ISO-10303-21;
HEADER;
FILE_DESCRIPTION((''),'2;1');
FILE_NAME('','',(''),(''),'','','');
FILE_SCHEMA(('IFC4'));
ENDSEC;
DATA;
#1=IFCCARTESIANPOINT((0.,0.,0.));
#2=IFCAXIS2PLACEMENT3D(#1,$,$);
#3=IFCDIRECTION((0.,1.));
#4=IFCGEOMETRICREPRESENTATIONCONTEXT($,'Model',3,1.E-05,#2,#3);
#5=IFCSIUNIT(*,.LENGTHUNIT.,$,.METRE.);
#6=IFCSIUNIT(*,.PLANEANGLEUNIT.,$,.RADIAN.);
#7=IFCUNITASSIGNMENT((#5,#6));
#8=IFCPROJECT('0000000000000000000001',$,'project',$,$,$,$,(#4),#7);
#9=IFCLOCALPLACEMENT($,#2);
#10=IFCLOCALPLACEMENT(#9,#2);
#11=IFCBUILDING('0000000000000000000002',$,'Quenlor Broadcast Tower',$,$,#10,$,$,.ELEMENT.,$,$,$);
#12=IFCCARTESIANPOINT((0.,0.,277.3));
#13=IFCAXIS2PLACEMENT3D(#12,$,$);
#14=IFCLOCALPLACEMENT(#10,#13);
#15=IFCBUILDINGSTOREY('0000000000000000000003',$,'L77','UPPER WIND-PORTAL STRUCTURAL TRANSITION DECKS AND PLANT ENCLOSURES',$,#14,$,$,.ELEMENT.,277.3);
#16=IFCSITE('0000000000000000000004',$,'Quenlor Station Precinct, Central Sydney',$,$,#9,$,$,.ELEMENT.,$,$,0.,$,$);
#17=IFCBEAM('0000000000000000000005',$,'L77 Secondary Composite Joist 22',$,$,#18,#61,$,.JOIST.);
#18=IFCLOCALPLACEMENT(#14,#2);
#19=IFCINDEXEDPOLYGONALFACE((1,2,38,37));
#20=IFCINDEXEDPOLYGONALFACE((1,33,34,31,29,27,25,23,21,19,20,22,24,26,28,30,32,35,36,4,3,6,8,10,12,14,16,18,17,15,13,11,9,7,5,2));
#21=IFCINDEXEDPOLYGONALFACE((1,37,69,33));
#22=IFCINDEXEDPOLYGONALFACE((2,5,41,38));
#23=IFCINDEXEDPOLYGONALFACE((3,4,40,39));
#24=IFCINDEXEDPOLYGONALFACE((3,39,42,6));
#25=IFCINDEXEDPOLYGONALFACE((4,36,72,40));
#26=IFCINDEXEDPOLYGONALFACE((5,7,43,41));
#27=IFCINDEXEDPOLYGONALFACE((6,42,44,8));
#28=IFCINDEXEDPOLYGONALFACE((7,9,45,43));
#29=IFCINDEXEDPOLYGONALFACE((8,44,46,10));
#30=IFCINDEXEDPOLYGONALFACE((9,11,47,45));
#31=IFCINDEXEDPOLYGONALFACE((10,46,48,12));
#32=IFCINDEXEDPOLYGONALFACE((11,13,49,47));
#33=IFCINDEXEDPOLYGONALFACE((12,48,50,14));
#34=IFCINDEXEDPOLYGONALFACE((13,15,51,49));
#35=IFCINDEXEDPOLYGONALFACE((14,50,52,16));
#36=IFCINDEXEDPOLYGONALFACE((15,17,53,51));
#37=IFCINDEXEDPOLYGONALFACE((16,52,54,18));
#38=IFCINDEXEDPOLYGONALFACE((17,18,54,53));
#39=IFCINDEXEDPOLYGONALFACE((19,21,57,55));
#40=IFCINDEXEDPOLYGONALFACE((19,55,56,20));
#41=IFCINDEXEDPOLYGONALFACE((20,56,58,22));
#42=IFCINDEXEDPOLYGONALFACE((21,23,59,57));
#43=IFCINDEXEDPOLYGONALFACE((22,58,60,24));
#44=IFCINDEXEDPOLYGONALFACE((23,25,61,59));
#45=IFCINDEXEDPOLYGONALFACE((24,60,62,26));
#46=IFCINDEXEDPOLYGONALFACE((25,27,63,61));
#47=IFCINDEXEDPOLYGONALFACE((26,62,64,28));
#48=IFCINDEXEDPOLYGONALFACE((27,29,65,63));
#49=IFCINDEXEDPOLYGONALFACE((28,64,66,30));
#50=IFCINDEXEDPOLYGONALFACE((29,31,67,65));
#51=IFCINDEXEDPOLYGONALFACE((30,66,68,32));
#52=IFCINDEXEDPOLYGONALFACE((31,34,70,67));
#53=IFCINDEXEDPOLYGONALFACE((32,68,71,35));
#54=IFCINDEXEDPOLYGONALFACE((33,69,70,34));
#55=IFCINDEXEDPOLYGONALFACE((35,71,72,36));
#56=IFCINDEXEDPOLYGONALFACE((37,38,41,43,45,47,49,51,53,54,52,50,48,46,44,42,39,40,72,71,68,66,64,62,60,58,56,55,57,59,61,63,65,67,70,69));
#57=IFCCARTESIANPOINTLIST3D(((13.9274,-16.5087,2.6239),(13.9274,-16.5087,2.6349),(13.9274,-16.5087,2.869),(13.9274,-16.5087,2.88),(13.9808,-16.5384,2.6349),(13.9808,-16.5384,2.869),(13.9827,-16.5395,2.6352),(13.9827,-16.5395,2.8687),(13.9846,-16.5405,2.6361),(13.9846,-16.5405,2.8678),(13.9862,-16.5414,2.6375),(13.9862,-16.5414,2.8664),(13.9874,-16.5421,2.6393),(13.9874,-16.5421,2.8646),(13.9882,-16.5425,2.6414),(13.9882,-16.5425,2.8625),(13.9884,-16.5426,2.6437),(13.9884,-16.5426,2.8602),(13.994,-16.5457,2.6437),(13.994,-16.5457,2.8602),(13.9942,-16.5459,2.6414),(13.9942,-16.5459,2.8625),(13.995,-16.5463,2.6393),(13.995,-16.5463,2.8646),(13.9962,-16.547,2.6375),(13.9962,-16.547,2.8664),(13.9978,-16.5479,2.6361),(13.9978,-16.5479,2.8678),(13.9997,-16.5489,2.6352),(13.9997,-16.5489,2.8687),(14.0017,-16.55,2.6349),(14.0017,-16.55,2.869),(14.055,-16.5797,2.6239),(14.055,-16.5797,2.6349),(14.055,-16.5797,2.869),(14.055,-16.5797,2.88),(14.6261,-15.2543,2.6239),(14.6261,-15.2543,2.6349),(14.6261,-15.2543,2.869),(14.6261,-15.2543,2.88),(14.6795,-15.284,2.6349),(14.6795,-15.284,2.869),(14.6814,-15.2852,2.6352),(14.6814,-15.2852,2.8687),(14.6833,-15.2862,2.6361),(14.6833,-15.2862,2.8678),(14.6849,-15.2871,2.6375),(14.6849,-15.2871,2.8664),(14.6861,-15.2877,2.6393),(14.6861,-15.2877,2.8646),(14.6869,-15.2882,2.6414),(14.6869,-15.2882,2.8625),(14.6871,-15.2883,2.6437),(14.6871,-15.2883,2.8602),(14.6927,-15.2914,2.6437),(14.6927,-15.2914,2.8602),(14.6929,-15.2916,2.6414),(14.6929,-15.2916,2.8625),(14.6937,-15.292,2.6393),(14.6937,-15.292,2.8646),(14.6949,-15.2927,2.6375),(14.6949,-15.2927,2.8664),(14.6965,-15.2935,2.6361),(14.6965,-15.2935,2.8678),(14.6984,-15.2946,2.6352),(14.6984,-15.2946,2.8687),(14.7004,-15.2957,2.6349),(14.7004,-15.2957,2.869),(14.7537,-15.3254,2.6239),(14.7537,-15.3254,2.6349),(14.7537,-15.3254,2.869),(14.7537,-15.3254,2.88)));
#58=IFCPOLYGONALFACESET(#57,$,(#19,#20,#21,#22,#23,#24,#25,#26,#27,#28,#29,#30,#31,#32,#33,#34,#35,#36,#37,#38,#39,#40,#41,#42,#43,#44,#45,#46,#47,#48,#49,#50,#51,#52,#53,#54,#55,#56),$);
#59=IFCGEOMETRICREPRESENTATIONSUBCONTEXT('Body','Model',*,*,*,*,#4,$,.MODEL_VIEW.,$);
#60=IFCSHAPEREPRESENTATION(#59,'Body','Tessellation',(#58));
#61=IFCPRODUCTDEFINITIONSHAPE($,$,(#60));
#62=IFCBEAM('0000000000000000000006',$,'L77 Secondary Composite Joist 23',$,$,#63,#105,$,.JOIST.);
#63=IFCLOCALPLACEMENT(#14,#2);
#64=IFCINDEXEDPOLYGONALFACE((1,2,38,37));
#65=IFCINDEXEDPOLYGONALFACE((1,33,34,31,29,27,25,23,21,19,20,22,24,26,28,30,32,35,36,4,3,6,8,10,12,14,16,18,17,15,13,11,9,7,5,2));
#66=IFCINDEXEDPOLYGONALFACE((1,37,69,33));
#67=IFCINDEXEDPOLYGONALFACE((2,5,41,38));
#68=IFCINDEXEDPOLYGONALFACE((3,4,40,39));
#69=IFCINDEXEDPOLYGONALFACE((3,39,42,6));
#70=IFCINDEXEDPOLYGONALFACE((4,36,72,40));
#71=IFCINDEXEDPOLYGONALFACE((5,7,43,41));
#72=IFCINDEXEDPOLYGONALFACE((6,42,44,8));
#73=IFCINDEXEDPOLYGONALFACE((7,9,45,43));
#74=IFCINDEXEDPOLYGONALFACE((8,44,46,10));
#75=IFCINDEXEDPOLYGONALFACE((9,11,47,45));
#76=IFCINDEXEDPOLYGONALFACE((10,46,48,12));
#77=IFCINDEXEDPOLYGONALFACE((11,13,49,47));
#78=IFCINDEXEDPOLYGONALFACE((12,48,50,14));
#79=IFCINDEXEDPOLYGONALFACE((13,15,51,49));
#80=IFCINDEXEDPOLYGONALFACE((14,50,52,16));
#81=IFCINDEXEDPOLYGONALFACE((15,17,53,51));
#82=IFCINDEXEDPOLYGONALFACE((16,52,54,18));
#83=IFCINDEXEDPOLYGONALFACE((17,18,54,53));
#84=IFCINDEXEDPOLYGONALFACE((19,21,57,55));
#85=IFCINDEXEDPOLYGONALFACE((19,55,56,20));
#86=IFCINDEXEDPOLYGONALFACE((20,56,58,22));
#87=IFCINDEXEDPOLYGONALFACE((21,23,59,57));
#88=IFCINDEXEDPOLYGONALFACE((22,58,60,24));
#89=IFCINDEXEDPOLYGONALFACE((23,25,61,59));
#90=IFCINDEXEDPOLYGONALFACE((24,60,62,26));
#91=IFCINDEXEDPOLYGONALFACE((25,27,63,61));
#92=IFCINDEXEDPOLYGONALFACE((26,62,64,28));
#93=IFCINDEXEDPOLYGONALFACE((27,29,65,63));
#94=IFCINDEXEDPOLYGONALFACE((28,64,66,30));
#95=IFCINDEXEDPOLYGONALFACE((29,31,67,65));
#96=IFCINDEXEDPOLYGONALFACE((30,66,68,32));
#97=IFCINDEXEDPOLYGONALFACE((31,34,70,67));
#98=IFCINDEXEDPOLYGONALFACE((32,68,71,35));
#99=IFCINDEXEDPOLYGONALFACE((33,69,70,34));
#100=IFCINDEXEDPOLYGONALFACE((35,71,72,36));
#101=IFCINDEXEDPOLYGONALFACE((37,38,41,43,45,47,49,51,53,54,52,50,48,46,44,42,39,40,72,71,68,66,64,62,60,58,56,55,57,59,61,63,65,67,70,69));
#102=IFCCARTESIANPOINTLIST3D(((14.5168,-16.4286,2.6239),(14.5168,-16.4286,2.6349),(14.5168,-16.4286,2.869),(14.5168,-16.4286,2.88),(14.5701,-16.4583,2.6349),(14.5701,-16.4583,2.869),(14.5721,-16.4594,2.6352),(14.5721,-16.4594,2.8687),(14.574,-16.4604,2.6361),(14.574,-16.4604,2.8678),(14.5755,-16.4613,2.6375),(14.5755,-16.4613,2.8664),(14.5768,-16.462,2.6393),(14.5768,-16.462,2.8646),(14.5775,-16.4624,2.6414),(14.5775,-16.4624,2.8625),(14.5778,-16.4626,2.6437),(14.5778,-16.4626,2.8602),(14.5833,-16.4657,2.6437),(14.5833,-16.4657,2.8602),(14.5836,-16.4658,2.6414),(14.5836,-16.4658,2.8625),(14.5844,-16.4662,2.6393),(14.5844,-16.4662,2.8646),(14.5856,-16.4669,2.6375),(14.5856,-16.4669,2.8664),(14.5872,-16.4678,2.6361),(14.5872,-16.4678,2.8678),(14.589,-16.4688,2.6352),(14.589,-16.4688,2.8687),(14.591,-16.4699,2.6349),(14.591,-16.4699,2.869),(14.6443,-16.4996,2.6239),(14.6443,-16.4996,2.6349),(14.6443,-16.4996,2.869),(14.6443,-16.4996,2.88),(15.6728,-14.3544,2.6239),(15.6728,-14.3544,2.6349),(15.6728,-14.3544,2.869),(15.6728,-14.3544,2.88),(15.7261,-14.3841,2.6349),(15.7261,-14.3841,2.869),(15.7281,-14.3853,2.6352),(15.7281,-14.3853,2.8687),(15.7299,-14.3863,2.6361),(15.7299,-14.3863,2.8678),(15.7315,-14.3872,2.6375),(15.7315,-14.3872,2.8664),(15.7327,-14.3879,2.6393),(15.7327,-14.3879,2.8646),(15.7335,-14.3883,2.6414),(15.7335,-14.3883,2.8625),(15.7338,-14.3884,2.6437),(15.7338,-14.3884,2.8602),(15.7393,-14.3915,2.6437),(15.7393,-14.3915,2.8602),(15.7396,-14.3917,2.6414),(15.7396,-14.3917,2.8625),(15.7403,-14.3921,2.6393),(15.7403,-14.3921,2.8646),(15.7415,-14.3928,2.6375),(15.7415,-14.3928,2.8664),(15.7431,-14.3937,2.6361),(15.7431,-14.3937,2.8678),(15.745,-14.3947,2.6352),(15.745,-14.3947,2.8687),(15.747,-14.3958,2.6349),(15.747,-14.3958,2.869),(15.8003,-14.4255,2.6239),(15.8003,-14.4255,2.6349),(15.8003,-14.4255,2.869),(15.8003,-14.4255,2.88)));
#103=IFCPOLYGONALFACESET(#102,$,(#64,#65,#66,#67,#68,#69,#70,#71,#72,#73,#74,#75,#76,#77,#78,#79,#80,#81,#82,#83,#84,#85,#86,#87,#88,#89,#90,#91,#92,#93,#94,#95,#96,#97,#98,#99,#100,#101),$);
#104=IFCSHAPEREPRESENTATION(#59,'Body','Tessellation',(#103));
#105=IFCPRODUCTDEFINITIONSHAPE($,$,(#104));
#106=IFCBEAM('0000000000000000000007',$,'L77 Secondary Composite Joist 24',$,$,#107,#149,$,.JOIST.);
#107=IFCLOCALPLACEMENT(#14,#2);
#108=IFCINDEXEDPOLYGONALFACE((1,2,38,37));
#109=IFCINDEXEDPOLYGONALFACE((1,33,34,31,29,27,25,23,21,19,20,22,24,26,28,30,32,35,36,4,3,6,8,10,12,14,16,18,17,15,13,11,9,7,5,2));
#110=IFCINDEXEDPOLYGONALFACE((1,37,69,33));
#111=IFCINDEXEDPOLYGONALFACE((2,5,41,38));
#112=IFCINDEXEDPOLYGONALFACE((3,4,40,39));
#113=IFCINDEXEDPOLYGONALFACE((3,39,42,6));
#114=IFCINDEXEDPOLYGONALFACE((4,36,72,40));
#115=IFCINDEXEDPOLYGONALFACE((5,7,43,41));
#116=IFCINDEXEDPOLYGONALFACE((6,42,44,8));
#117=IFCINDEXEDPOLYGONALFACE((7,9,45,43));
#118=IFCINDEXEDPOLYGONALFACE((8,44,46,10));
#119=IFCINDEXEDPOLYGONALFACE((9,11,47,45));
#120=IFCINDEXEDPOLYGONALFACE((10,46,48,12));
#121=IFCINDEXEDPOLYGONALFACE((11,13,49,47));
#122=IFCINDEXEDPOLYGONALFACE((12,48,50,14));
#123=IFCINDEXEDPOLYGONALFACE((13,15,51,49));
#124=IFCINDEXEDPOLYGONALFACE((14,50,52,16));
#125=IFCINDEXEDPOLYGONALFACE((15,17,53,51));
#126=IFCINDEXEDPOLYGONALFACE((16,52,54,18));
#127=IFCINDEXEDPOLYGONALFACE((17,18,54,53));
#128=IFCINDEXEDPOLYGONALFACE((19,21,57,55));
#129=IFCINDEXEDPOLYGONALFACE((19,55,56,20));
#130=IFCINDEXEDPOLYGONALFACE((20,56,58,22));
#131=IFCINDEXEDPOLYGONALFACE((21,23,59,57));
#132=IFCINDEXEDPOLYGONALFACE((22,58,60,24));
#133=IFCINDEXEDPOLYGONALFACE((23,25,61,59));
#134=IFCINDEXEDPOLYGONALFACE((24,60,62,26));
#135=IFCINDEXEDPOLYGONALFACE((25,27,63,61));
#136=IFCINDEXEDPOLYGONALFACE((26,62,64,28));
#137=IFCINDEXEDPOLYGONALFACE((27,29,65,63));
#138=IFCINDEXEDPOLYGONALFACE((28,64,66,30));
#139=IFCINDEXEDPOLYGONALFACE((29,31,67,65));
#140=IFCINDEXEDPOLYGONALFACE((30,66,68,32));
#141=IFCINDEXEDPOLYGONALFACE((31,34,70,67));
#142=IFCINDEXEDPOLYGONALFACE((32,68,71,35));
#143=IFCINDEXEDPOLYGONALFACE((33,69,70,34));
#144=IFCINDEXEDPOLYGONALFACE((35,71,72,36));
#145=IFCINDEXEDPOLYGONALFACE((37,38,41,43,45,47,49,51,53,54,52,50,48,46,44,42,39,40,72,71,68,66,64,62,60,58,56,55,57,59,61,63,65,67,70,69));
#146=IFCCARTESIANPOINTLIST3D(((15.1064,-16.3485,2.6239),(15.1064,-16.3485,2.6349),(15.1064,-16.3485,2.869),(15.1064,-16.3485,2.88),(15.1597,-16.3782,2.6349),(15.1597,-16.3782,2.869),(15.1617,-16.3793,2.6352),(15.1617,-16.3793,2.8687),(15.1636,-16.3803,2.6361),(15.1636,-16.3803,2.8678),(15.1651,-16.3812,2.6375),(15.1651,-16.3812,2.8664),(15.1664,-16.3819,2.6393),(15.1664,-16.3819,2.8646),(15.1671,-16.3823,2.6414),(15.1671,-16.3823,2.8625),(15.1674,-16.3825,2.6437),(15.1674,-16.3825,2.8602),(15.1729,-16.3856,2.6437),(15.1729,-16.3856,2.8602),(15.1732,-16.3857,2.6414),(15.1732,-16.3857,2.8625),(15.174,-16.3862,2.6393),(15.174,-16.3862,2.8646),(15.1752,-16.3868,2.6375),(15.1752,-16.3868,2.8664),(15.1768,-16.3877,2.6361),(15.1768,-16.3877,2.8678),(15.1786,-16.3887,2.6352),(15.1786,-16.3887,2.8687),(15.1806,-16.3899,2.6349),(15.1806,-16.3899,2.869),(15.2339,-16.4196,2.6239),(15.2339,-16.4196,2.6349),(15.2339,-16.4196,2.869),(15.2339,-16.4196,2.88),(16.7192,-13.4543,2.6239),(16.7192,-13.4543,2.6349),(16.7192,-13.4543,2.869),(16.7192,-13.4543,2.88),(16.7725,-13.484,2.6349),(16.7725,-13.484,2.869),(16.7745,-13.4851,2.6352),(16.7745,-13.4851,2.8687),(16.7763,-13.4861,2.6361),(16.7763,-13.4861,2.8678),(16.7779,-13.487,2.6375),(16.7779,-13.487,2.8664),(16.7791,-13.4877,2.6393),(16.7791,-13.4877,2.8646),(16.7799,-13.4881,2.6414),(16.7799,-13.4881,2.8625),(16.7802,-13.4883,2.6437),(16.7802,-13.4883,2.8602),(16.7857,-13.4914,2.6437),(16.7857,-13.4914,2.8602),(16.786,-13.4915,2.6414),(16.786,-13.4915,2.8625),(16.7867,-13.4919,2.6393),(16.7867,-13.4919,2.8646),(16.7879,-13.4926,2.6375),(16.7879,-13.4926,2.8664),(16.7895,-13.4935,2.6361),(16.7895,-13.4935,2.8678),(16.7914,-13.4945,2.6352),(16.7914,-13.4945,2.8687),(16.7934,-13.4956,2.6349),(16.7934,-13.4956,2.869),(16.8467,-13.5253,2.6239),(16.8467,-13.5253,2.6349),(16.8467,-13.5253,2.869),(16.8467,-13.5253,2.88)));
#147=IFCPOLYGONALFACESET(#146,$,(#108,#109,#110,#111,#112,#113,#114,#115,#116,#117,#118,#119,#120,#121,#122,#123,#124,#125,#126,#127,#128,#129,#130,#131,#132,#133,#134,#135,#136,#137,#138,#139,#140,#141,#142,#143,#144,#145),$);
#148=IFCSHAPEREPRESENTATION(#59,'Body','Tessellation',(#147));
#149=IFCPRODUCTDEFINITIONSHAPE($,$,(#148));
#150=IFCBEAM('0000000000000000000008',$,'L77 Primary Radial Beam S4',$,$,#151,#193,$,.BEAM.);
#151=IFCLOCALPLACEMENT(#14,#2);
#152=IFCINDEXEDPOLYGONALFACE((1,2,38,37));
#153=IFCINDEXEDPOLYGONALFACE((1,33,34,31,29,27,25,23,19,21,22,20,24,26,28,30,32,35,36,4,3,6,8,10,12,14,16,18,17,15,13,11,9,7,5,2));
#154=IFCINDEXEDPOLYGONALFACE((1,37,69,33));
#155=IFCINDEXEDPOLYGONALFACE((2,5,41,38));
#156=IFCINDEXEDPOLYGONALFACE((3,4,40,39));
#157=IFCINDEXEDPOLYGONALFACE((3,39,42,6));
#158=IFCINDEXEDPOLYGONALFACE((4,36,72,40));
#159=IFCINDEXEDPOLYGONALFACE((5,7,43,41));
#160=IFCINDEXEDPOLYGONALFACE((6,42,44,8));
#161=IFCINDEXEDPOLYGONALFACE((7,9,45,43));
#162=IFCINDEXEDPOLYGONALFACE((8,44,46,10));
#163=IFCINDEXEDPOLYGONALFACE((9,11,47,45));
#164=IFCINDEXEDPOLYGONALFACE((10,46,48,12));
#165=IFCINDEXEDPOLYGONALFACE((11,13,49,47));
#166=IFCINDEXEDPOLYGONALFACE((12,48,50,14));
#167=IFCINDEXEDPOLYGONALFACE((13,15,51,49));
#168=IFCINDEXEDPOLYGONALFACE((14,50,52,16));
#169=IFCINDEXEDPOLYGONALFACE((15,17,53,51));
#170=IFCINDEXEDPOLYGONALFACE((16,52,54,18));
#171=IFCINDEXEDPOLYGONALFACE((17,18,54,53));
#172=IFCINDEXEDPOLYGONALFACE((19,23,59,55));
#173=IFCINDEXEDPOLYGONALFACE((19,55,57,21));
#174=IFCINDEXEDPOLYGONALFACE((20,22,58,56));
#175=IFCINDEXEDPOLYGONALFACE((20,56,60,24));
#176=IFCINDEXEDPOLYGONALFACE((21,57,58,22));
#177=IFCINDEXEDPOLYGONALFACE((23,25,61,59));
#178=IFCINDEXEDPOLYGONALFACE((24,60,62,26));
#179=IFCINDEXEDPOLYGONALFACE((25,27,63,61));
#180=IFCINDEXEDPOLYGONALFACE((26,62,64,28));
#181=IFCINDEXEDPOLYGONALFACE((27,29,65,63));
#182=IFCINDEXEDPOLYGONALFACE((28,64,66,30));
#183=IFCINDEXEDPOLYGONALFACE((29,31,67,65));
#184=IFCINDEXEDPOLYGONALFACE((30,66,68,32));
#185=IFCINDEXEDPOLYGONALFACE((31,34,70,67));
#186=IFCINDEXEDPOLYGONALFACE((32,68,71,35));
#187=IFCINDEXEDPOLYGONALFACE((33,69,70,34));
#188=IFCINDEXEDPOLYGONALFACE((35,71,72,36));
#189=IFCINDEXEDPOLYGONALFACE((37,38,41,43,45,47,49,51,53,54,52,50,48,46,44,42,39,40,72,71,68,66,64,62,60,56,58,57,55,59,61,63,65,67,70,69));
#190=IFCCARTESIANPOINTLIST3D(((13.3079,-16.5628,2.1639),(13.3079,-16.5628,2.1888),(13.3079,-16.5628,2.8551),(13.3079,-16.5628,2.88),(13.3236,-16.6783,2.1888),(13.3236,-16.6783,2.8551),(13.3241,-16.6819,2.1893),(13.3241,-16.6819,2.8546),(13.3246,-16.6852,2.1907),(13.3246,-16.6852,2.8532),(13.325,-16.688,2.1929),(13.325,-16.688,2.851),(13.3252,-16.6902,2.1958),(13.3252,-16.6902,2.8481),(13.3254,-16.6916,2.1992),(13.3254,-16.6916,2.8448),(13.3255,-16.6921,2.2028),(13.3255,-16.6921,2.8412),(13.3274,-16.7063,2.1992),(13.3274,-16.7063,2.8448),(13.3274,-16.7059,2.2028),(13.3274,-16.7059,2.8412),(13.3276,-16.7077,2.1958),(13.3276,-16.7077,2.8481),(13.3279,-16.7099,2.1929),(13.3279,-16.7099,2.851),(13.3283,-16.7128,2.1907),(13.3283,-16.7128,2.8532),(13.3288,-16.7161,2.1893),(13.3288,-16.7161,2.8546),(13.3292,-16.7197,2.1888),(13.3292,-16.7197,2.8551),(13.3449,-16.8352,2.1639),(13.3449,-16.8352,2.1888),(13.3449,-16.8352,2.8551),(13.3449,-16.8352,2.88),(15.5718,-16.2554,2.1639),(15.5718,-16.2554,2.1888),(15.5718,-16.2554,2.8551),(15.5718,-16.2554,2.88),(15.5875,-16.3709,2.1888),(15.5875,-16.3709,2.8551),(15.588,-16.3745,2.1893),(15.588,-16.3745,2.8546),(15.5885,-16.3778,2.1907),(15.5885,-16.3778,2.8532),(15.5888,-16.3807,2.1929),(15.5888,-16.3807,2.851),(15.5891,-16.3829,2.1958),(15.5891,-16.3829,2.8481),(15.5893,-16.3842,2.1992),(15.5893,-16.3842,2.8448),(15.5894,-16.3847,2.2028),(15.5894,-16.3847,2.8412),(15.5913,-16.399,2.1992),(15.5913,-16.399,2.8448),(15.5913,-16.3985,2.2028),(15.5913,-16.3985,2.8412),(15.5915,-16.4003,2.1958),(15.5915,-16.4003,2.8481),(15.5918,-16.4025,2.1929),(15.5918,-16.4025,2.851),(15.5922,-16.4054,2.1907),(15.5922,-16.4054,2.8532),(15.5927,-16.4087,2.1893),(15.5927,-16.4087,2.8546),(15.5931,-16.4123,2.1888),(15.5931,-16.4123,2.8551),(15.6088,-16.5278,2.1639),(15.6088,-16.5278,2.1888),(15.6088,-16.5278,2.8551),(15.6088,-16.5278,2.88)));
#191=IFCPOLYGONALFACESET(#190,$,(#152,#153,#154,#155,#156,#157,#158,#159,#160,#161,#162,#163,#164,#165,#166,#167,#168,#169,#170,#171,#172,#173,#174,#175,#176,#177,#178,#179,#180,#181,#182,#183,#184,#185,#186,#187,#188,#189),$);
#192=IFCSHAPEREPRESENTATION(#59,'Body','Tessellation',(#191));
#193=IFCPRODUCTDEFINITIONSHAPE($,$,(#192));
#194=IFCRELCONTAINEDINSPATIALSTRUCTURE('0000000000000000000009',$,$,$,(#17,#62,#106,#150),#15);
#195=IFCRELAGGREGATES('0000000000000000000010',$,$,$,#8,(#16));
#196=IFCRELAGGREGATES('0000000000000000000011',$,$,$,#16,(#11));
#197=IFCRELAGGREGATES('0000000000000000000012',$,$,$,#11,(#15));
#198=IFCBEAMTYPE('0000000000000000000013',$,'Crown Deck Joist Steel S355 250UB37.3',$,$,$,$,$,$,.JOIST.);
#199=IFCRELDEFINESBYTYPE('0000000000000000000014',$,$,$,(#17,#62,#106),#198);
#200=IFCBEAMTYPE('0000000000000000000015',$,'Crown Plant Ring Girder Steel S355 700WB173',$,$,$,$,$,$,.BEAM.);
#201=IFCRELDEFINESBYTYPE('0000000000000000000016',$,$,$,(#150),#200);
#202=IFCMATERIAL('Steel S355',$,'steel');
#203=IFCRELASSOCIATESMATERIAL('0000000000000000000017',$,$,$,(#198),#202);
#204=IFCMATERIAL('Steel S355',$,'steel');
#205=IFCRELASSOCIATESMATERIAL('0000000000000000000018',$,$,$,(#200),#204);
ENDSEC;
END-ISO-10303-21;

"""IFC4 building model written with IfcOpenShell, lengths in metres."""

from ifc_helpers import new_model, si_unit, direction, frame, origin, origin_2d, place, context, subcontext, project, spatial, i_section, extrude, material, material_profile, profile_set, type_object, element, save


model = new_model("IFC4")

# Units and contexts
model_context = context("Model", 3, precision=1e-05, world=origin(), true_north=direction((0.0, 1.0)))
body_context = subcontext(model_context, "Body", "Model", "MODEL_VIEW")
ifc_project = project(units=[si_unit("LENGTHUNIT", "METRE"), si_unit("PLANEANGLEUNIT", "RADIAN")], contexts=[model_context])

# Site, building, storey
site_placement = place(None, origin())
site = spatial("IfcSite", under=ifc_project, at=site_placement, Name="Quenlor Station Precinct, Central Sydney", CompositionType="ELEMENT", RefElevation=0.0)
building_placement = place(site_placement, origin())
building = spatial("IfcBuilding", under=site, at=building_placement, Name="Quenlor Broadcast Tower", CompositionType="ELEMENT")
storey_placement = place(building_placement, frame((0.0, 0.0, 277.3)))
storey = spatial("IfcBuildingStorey", under=building, at=storey_placement, Name="L77", Description="UPPER WIND-PORTAL STRUCTURAL TRANSITION DECKS AND PLANT ENCLOSURES", CompositionType="ELEMENT", Elevation=277.3)

# Beams
ifc_material_1 = material(Name="Steel S355", Category="steel")
ifc_material_profile_1 = material_profile(ifc_material_1, i_section(OverallWidth=0.146, OverallDepth=0.2561, WebThickness=0.0063, FlangeThickness=0.011, FilletRadius=0.0088, at=origin_2d()))
ifc_profile_set_1 = profile_set([ifc_material_profile_1], Name="Steel S355 250UB37.3")
beam_type_1 = type_object("IfcBeamType", Name="Crown Deck Joist Steel S355 250UB37.3", PredefinedType="JOIST", material=ifc_profile_set_1)
beam_1_placement = place(storey_placement, frame((13.9912, -16.5442, 2.752), z_axis=(0.486624, 0.873611, 0.0), x_axis=(-0.873611, 0.486624, 0.0)))
element("IfcBeam", 1, at=beam_1_placement, inside=storey, type_object=beam_type_1, Name="L77 Secondary Composite Joist 22", PredefinedType="JOIST", context=body_context, shape_type="SweptSolid", body=[
    extrude(i_section(OverallWidth=0.146, OverallDepth=0.2561, WebThickness=0.0063, FlangeThickness=0.011, FilletRadius=0.0088, at=origin_2d()), origin(), (0.0, 0.0, 1.0), 1.4358),
])
beam_2_placement = place(storey_placement, frame((14.5806, -16.4641, 2.752), z_axis=(0.486821, 0.873502, 0.0), x_axis=(-0.873502, 0.486821, 0.0)))
element("IfcBeam", 2, at=beam_2_placement, inside=storey, type_object=beam_type_1, Name="L77 Secondary Composite Joist 23", PredefinedType="JOIST", context=body_context, shape_type="SweptSolid", body=[
    extrude(i_section(OverallWidth=0.146, OverallDepth=0.2561, WebThickness=0.0063, FlangeThickness=0.011, FilletRadius=0.0088, at=origin_2d()), origin(), (0.0, 0.0, 1.0), 2.3745),
])
beam_3_placement = place(storey_placement, frame((15.1702, -16.384, 2.752), z_axis=(0.486762, 0.873534, 0.0), x_axis=(-0.873534, 0.486762, 0.0)))
element("IfcBeam", 3, at=beam_3_placement, inside=storey, type_object=beam_type_1, Name="L77 Secondary Composite Joist 24", PredefinedType="JOIST", context=body_context, shape_type="SweptSolid", body=[
    extrude(i_section(OverallWidth=0.146, OverallDepth=0.2561, WebThickness=0.0063, FlangeThickness=0.011, FilletRadius=0.0088, at=origin_2d()), origin(), (0.0, 0.0, 1.0), 3.3132),
])
ifc_material_2 = material(Name="Steel S355", Category="steel")
ifc_material_profile_2 = material_profile(ifc_material_2, i_section(OverallWidth=0.2749, OverallDepth=0.7161, WebThickness=0.0139, FlangeThickness=0.0249, FilletRadius=0.0139, at=origin_2d()))
ifc_profile_set_2 = profile_set([ifc_material_profile_2], Name="Steel S355 700WB173")
beam_type_2 = type_object("IfcBeamType", Name="Crown Plant Ring Girder Steel S355 700WB173", PredefinedType="BEAM", material=ifc_profile_set_2)
beam_4_placement = place(storey_placement, frame((15.5903, -16.3916, 2.522), z_axis=(-0.990909, -0.134536, 0.0), x_axis=(0.134536, -0.990909, 0.0)))
element("IfcBeam", 4, at=beam_4_placement, inside=storey, type_object=beam_type_2, Name="L77 Primary Radial Beam S4", PredefinedType="BEAM", context=body_context, shape_type="SweptSolid", body=[
    extrude(i_section(OverallWidth=0.2749, OverallDepth=0.7161, WebThickness=0.0139, FlangeThickness=0.0249, FilletRadius=0.0139, at=origin_2d()), origin(), (0.0, 0.0, 1.0), 2.2847),
])

save(model, "model.ifc")
